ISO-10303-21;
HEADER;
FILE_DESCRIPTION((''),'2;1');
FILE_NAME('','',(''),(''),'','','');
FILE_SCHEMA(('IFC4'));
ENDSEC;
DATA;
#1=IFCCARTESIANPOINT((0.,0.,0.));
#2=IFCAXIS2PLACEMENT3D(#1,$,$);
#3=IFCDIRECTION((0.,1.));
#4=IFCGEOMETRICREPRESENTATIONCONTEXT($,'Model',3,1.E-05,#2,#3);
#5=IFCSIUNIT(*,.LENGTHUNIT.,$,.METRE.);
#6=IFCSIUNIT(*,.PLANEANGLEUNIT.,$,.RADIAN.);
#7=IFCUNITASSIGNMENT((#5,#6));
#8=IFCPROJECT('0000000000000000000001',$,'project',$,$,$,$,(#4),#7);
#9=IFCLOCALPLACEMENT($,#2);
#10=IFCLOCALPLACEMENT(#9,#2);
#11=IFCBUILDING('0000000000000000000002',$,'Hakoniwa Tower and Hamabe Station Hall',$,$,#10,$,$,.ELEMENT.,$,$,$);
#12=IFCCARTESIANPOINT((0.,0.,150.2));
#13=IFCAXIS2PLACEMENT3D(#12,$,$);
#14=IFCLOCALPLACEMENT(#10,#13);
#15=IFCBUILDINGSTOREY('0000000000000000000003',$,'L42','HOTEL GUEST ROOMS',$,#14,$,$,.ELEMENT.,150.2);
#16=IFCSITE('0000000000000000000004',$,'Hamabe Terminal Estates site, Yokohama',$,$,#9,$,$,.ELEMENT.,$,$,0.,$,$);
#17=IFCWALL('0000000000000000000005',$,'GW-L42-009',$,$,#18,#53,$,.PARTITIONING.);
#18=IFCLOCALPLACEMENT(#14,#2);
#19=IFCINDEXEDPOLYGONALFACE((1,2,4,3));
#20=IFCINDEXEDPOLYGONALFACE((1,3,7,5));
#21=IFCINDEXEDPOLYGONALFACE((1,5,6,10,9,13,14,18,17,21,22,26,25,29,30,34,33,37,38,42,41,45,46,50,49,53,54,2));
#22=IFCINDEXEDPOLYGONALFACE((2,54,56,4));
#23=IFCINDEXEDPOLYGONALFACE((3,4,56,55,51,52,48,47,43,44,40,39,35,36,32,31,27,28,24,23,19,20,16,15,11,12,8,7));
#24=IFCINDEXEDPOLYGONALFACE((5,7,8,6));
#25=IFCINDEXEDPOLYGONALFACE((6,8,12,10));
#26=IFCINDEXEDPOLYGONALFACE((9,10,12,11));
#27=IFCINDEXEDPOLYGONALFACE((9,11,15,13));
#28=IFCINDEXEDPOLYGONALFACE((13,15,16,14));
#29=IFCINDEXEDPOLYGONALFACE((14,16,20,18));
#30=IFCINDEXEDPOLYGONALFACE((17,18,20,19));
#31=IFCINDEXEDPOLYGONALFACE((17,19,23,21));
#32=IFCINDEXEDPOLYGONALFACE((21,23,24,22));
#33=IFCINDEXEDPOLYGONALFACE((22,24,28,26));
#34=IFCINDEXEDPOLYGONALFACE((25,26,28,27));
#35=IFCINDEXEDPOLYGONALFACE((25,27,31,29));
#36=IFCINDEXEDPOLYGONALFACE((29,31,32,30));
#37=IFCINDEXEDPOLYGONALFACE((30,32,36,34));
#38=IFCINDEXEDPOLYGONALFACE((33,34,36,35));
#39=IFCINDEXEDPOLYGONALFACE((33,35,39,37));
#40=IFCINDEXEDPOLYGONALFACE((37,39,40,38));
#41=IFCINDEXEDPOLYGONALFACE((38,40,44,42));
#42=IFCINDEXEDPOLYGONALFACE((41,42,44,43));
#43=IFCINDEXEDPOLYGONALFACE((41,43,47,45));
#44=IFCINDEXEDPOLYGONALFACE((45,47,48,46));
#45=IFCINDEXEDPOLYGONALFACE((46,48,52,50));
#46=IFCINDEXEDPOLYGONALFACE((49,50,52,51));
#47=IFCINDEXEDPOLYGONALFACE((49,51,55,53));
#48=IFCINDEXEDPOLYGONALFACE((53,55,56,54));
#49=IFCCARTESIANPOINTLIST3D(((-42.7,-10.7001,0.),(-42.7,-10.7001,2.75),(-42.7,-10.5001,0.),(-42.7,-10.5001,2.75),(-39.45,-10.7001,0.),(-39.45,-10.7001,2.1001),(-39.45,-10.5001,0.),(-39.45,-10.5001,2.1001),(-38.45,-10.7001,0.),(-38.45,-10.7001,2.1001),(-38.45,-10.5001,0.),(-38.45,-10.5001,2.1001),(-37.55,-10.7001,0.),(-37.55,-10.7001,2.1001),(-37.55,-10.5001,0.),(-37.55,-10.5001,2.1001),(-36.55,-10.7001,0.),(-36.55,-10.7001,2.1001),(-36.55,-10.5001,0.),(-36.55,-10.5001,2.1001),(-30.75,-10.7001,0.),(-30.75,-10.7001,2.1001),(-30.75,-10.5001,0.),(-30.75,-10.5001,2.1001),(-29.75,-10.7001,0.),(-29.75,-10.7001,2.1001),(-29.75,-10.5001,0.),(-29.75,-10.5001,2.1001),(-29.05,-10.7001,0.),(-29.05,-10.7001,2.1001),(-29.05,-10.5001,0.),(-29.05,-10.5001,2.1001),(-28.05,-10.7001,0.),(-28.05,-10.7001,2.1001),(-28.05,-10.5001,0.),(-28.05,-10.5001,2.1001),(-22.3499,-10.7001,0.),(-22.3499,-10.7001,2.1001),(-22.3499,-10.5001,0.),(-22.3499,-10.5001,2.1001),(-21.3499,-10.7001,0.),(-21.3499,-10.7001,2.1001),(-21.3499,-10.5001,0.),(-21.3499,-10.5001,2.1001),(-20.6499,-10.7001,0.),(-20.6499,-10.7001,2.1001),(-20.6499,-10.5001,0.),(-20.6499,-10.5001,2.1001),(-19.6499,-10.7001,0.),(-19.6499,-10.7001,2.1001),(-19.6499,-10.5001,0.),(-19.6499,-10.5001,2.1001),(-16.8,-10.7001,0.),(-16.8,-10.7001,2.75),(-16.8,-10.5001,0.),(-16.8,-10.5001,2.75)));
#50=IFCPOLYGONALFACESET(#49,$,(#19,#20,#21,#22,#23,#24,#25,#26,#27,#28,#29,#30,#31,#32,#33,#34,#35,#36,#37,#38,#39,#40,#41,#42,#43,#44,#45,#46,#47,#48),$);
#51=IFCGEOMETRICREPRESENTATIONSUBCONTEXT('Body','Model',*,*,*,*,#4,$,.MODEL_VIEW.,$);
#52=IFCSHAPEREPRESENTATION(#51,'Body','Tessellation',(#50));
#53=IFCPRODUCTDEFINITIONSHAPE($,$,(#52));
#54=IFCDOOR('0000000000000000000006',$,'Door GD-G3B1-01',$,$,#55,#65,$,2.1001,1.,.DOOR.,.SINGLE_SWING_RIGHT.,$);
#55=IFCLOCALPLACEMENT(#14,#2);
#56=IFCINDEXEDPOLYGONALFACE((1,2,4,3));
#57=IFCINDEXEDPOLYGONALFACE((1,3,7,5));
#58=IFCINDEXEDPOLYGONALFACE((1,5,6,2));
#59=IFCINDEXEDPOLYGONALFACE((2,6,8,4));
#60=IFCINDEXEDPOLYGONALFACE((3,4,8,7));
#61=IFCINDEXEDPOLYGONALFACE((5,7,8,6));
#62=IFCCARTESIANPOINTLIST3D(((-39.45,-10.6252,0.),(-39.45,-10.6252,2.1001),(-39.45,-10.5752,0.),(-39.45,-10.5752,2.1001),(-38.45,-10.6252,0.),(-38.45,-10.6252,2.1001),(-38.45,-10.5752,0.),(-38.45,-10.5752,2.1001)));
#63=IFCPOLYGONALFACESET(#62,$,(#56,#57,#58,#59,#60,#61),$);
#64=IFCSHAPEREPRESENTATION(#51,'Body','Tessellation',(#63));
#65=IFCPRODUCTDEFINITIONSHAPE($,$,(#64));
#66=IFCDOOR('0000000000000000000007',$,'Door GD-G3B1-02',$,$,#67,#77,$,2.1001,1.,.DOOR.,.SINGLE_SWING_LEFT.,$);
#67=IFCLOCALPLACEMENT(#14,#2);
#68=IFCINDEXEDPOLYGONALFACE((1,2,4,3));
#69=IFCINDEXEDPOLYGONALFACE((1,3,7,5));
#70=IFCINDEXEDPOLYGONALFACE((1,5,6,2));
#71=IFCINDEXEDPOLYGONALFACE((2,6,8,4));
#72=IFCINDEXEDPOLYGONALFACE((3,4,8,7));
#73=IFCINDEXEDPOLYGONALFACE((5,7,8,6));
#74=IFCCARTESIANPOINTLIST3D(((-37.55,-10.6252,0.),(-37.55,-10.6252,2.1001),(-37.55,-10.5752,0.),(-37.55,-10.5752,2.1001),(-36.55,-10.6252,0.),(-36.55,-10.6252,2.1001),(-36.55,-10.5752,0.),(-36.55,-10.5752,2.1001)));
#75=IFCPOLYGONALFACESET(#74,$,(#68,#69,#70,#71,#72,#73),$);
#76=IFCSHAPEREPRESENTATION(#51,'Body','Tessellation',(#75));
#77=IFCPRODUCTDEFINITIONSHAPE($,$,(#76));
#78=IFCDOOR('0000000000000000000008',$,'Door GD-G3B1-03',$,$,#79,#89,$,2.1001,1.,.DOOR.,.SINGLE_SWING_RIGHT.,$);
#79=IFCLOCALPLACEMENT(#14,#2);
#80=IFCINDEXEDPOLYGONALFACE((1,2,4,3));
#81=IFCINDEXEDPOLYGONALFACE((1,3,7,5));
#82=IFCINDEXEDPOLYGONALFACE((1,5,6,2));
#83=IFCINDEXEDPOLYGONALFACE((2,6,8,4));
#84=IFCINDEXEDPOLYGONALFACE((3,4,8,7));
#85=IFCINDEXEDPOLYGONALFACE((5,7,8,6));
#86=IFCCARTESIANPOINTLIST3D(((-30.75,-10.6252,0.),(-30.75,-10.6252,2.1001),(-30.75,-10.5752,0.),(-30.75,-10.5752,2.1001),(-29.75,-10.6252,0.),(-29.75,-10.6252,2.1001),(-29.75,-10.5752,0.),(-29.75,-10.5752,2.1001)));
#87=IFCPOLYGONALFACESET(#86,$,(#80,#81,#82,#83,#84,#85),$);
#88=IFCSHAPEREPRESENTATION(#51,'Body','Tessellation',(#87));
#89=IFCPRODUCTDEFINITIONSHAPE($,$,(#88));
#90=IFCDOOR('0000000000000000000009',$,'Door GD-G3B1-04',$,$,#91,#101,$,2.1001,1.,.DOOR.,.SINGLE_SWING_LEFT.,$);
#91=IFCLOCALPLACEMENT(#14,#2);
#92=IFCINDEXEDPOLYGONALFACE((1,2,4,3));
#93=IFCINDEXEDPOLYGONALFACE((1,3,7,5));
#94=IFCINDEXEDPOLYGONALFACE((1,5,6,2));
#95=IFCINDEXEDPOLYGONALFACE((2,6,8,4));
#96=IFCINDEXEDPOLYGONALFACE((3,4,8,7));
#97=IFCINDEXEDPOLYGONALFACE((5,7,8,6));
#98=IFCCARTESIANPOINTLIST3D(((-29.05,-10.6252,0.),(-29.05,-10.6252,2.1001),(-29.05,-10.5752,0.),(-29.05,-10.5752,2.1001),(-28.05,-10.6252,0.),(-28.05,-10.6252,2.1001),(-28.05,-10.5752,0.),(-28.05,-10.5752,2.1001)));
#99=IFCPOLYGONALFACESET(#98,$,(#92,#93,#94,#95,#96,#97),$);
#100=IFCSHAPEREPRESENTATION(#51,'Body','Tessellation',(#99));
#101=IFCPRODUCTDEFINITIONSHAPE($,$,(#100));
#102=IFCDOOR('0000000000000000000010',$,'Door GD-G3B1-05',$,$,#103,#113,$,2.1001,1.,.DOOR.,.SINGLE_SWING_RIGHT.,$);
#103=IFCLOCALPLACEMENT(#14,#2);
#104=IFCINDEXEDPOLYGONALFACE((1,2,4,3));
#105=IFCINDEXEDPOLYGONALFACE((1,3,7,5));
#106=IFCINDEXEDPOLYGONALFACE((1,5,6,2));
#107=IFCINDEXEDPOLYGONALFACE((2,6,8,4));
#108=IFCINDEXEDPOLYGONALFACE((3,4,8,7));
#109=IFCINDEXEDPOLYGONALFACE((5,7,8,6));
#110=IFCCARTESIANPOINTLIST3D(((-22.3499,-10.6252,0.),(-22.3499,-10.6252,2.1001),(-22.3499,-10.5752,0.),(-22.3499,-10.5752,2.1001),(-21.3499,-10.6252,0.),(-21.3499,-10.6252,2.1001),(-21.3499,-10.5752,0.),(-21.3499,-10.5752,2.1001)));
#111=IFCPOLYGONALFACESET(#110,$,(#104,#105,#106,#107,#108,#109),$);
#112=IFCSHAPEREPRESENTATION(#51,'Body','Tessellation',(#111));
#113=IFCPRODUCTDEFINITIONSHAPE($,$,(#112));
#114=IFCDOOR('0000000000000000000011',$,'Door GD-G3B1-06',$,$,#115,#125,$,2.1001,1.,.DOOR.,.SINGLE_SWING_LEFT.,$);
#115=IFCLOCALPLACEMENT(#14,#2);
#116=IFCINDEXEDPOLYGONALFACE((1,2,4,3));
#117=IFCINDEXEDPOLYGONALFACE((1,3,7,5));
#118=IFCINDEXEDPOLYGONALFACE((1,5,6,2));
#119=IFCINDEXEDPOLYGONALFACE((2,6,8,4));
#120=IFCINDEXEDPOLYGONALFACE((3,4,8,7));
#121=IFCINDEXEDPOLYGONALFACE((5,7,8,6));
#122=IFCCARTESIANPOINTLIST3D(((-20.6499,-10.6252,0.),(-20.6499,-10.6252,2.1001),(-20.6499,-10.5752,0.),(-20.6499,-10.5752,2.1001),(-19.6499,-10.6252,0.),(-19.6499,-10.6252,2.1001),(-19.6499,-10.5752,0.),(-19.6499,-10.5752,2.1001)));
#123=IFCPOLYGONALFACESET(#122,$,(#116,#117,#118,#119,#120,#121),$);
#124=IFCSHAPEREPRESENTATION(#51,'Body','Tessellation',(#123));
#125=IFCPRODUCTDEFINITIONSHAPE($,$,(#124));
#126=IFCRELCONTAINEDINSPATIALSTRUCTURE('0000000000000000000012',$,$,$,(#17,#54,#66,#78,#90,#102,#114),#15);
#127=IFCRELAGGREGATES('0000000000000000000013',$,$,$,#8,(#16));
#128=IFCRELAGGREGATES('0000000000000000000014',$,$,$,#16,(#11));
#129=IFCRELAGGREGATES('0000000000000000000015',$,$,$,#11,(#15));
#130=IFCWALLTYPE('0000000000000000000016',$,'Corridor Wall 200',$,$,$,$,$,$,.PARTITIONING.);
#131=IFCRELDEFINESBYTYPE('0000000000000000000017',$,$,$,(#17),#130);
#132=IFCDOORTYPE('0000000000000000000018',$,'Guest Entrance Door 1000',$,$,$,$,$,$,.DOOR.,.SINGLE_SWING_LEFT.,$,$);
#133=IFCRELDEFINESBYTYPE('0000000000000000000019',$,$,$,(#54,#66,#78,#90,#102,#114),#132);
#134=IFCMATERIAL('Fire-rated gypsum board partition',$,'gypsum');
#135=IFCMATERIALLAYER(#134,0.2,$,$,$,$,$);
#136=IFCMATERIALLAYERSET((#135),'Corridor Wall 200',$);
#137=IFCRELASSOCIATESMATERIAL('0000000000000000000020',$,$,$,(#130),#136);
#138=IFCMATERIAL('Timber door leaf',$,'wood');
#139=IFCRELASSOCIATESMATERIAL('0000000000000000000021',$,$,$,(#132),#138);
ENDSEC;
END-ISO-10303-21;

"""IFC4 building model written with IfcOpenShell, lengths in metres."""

from ifc_helpers import new_model, si_unit, direction, frame, frame_2d, origin, place, context, subcontext, project, spatial, rectangle, extrude, material, layer, layer_set, type_object, element, fill, save


model = new_model("IFC4")

# Units and contexts
model_context = context("Model", 3, precision=1e-05, world=origin(), true_north=direction((0.0, 1.0)))
body_context = subcontext(model_context, "Body", "Model", "MODEL_VIEW")
ifc_project = project(units=[si_unit("LENGTHUNIT", "METRE"), si_unit("PLANEANGLEUNIT", "RADIAN")], contexts=[model_context])

# Site, building, storey
site_placement = place(None, origin())
site = spatial("IfcSite", under=ifc_project, at=site_placement, Name="Hamabe Terminal Estates site, Yokohama", CompositionType="ELEMENT", RefElevation=0.0)
building_placement = place(site_placement, origin())
building = spatial("IfcBuilding", under=site, at=building_placement, Name="Hakoniwa Tower and Hamabe Station Hall", CompositionType="ELEMENT")
storey_placement = place(building_placement, frame((0.0, 0.0, 150.2)))
storey = spatial("IfcBuildingStorey", under=building, at=storey_placement, Name="L42", Description="HOTEL GUEST ROOMS", CompositionType="ELEMENT", Elevation=150.2)

# Wall, openings, doors
ifc_material_1 = material(Name="Fire-rated gypsum board partition", Category="gypsum")
ifc_layer_1 = layer(ifc_material_1, 0.2)
ifc_layer_set_1 = layer_set([ifc_layer_1], Name="Corridor Wall 200")
wall_type_1 = type_object("IfcWallType", Name="Corridor Wall 200", PredefinedType="PARTITIONING", material=ifc_layer_set_1)
wall_1_placement = place(storey_placement, frame((-42.7, -10.6001, 0.0), z_axis=(0.0, 0.0, 1.0), x_axis=(1.0, 0.0, 0.0)))
wall_1 = element("IfcWall", 1, at=wall_1_placement, inside=storey, type_object=wall_type_1, Name="GW-L42-009", PredefinedType="PARTITIONING", context=body_context, shape_type="SweptSolid", body=[
    extrude(rectangle(XDim=25.8999, YDim=0.2, at=frame_2d((12.95, 0.0))), origin(), (0.0, 0.0, 1.0), 2.75),
])
opening_1_placement = place(wall_1_placement, frame((3.25, 0.0, 0.0)))
opening_1 = element("IfcOpeningElement", 2, at=opening_1_placement, cuts=wall_1, PredefinedType="OPENING", context=body_context, shape_type="SweptSolid", body=[
    extrude(rectangle(XDim=1.0, YDim=2.1001, at=frame_2d((0.5, 1.05))), frame((0.0, 0.1099, 0.0), z_axis=(0.0, -1.0, 0.0), x_axis=(1.0, 0.0, 0.0)), (0.0, 0.0, 1.0), 0.22),
])
opening_2_placement = place(wall_1_placement, frame((5.1499, 0.0, 0.0)))
opening_2 = element("IfcOpeningElement", 3, at=opening_2_placement, cuts=wall_1, PredefinedType="OPENING", context=body_context, shape_type="SweptSolid", body=[
    extrude(rectangle(XDim=1.0, YDim=2.1001, at=frame_2d((0.5, 1.05))), frame((0.0, 0.1099, 0.0), z_axis=(0.0, -1.0, 0.0), x_axis=(1.0, 0.0, 0.0)), (0.0, 0.0, 1.0), 0.22),
])
opening_3_placement = place(wall_1_placement, frame((11.95, 0.0, 0.0)))
opening_3 = element("IfcOpeningElement", 4, at=opening_3_placement, cuts=wall_1, PredefinedType="OPENING", context=body_context, shape_type="SweptSolid", body=[
    extrude(rectangle(XDim=1.0, YDim=2.1001, at=frame_2d((0.5, 1.05))), frame((0.0, 0.1099, 0.0), z_axis=(0.0, -1.0, 0.0), x_axis=(1.0, 0.0, 0.0)), (0.0, 0.0, 1.0), 0.22),
])
opening_4_placement = place(wall_1_placement, frame((13.6499, 0.0, 0.0)))
opening_4 = element("IfcOpeningElement", 5, at=opening_4_placement, cuts=wall_1, PredefinedType="OPENING", context=body_context, shape_type="SweptSolid", body=[
    extrude(rectangle(XDim=1.0, YDim=2.1001, at=frame_2d((0.5, 1.05))), frame((0.0, 0.1099, 0.0), z_axis=(0.0, -1.0, 0.0), x_axis=(1.0, 0.0, 0.0)), (0.0, 0.0, 1.0), 0.22),
])
opening_5_placement = place(wall_1_placement, frame((20.3501, 0.0, 0.0)))
opening_5 = element("IfcOpeningElement", 6, at=opening_5_placement, cuts=wall_1, PredefinedType="OPENING", context=body_context, shape_type="SweptSolid", body=[
    extrude(rectangle(XDim=1.0, YDim=2.1001, at=frame_2d((0.5, 1.05))), frame((0.0, 0.1099, 0.0), z_axis=(0.0, -1.0, 0.0), x_axis=(1.0, 0.0, 0.0)), (0.0, 0.0, 1.0), 0.22),
])
opening_6_placement = place(wall_1_placement, frame((22.05, 0.0, 0.0)))
opening_6 = element("IfcOpeningElement", 7, at=opening_6_placement, cuts=wall_1, PredefinedType="OPENING", context=body_context, shape_type="SweptSolid", body=[
    extrude(rectangle(XDim=1.0, YDim=2.1001, at=frame_2d((0.5, 1.05))), frame((0.0, 0.1099, 0.0), z_axis=(0.0, -1.0, 0.0), x_axis=(1.0, 0.0, 0.0)), (0.0, 0.0, 1.0), 0.22),
])
ifc_material_2 = material(Name="Timber door leaf", Category="wood")
door_type_1 = type_object("IfcDoorType", Name="Guest Entrance Door 1000", OperationType="SINGLE_SWING_LEFT", PredefinedType="DOOR", material=ifc_material_2)
door_1_placement = place(opening_1_placement, origin())
door_1 = element("IfcDoor", 8, at=door_1_placement, inside=storey, type_object=door_type_1, Name="Door GD-G3B1-01", OperationType="SINGLE_SWING_RIGHT", OverallHeight=2.1001, OverallWidth=1.0, PredefinedType="DOOR", context=body_context, shape_type="SweptSolid", body=[
    extrude(rectangle(XDim=1.0, YDim=2.1001, at=frame_2d((0.5, 1.05))), frame((0.0, 0.0249, 0.0), z_axis=(0.0, -1.0, 0.0), x_axis=(1.0, 0.0, 0.0)), (0.0, 0.0, 1.0), 0.05),
])
fill(opening_1, door_1)
door_2_placement = place(opening_2_placement, origin())
door_2 = element("IfcDoor", 9, at=door_2_placement, inside=storey, type_object=door_type_1, Name="Door GD-G3B1-02", OperationType="SINGLE_SWING_LEFT", OverallHeight=2.1001, OverallWidth=1.0, PredefinedType="DOOR", context=body_context, shape_type="SweptSolid", body=[
    extrude(rectangle(XDim=1.0, YDim=2.1001, at=frame_2d((0.5, 1.05))), frame((0.0, 0.0249, 0.0), z_axis=(0.0, -1.0, 0.0), x_axis=(1.0, 0.0, 0.0)), (0.0, 0.0, 1.0), 0.05),
])
fill(opening_2, door_2)
door_3_placement = place(opening_3_placement, origin())
door_3 = element("IfcDoor", 10, at=door_3_placement, inside=storey, type_object=door_type_1, Name="Door GD-G3B1-03", OperationType="SINGLE_SWING_RIGHT", OverallHeight=2.1001, OverallWidth=1.0, PredefinedType="DOOR", context=body_context, shape_type="SweptSolid", body=[
    extrude(rectangle(XDim=1.0, YDim=2.1001, at=frame_2d((0.5, 1.05))), frame((0.0, 0.0249, 0.0), z_axis=(0.0, -1.0, 0.0), x_axis=(1.0, 0.0, 0.0)), (0.0, 0.0, 1.0), 0.05),
])
fill(opening_3, door_3)
door_4_placement = place(opening_4_placement, origin())
door_4 = element("IfcDoor", 11, at=door_4_placement, inside=storey, type_object=door_type_1, Name="Door GD-G3B1-04", OperationType="SINGLE_SWING_LEFT", OverallHeight=2.1001, OverallWidth=1.0, PredefinedType="DOOR", context=body_context, shape_type="SweptSolid", body=[
    extrude(rectangle(XDim=1.0, YDim=2.1001, at=frame_2d((0.5, 1.05))), frame((0.0, 0.0249, 0.0), z_axis=(0.0, -1.0, 0.0), x_axis=(1.0, 0.0, 0.0)), (0.0, 0.0, 1.0), 0.05),
])
fill(opening_4, door_4)
door_5_placement = place(opening_5_placement, origin())
door_5 = element("IfcDoor", 12, at=door_5_placement, inside=storey, type_object=door_type_1, Name="Door GD-G3B1-05", OperationType="SINGLE_SWING_RIGHT", OverallHeight=2.1001, OverallWidth=1.0, PredefinedType="DOOR", context=body_context, shape_type="SweptSolid", body=[
    extrude(rectangle(XDim=1.0, YDim=2.1001, at=frame_2d((0.5, 1.05))), frame((0.0, 0.0249, 0.0), z_axis=(0.0, -1.0, 0.0), x_axis=(1.0, 0.0, 0.0)), (0.0, 0.0, 1.0), 0.05),
])
fill(opening_5, door_5)
door_6_placement = place(opening_6_placement, origin())
door_6 = element("IfcDoor", 13, at=door_6_placement, inside=storey, type_object=door_type_1, Name="Door GD-G3B1-06", OperationType="SINGLE_SWING_LEFT", OverallHeight=2.1001, OverallWidth=1.0, PredefinedType="DOOR", context=body_context, shape_type="SweptSolid", body=[
    extrude(rectangle(XDim=1.0, YDim=2.1001, at=frame_2d((0.5, 1.05))), frame((0.0, 0.0249, 0.0), z_axis=(0.0, -1.0, 0.0), x_axis=(1.0, 0.0, 0.0)), (0.0, 0.0, 1.0), 0.05),
])
fill(opening_6, door_6)

save(model, "model.ifc")
